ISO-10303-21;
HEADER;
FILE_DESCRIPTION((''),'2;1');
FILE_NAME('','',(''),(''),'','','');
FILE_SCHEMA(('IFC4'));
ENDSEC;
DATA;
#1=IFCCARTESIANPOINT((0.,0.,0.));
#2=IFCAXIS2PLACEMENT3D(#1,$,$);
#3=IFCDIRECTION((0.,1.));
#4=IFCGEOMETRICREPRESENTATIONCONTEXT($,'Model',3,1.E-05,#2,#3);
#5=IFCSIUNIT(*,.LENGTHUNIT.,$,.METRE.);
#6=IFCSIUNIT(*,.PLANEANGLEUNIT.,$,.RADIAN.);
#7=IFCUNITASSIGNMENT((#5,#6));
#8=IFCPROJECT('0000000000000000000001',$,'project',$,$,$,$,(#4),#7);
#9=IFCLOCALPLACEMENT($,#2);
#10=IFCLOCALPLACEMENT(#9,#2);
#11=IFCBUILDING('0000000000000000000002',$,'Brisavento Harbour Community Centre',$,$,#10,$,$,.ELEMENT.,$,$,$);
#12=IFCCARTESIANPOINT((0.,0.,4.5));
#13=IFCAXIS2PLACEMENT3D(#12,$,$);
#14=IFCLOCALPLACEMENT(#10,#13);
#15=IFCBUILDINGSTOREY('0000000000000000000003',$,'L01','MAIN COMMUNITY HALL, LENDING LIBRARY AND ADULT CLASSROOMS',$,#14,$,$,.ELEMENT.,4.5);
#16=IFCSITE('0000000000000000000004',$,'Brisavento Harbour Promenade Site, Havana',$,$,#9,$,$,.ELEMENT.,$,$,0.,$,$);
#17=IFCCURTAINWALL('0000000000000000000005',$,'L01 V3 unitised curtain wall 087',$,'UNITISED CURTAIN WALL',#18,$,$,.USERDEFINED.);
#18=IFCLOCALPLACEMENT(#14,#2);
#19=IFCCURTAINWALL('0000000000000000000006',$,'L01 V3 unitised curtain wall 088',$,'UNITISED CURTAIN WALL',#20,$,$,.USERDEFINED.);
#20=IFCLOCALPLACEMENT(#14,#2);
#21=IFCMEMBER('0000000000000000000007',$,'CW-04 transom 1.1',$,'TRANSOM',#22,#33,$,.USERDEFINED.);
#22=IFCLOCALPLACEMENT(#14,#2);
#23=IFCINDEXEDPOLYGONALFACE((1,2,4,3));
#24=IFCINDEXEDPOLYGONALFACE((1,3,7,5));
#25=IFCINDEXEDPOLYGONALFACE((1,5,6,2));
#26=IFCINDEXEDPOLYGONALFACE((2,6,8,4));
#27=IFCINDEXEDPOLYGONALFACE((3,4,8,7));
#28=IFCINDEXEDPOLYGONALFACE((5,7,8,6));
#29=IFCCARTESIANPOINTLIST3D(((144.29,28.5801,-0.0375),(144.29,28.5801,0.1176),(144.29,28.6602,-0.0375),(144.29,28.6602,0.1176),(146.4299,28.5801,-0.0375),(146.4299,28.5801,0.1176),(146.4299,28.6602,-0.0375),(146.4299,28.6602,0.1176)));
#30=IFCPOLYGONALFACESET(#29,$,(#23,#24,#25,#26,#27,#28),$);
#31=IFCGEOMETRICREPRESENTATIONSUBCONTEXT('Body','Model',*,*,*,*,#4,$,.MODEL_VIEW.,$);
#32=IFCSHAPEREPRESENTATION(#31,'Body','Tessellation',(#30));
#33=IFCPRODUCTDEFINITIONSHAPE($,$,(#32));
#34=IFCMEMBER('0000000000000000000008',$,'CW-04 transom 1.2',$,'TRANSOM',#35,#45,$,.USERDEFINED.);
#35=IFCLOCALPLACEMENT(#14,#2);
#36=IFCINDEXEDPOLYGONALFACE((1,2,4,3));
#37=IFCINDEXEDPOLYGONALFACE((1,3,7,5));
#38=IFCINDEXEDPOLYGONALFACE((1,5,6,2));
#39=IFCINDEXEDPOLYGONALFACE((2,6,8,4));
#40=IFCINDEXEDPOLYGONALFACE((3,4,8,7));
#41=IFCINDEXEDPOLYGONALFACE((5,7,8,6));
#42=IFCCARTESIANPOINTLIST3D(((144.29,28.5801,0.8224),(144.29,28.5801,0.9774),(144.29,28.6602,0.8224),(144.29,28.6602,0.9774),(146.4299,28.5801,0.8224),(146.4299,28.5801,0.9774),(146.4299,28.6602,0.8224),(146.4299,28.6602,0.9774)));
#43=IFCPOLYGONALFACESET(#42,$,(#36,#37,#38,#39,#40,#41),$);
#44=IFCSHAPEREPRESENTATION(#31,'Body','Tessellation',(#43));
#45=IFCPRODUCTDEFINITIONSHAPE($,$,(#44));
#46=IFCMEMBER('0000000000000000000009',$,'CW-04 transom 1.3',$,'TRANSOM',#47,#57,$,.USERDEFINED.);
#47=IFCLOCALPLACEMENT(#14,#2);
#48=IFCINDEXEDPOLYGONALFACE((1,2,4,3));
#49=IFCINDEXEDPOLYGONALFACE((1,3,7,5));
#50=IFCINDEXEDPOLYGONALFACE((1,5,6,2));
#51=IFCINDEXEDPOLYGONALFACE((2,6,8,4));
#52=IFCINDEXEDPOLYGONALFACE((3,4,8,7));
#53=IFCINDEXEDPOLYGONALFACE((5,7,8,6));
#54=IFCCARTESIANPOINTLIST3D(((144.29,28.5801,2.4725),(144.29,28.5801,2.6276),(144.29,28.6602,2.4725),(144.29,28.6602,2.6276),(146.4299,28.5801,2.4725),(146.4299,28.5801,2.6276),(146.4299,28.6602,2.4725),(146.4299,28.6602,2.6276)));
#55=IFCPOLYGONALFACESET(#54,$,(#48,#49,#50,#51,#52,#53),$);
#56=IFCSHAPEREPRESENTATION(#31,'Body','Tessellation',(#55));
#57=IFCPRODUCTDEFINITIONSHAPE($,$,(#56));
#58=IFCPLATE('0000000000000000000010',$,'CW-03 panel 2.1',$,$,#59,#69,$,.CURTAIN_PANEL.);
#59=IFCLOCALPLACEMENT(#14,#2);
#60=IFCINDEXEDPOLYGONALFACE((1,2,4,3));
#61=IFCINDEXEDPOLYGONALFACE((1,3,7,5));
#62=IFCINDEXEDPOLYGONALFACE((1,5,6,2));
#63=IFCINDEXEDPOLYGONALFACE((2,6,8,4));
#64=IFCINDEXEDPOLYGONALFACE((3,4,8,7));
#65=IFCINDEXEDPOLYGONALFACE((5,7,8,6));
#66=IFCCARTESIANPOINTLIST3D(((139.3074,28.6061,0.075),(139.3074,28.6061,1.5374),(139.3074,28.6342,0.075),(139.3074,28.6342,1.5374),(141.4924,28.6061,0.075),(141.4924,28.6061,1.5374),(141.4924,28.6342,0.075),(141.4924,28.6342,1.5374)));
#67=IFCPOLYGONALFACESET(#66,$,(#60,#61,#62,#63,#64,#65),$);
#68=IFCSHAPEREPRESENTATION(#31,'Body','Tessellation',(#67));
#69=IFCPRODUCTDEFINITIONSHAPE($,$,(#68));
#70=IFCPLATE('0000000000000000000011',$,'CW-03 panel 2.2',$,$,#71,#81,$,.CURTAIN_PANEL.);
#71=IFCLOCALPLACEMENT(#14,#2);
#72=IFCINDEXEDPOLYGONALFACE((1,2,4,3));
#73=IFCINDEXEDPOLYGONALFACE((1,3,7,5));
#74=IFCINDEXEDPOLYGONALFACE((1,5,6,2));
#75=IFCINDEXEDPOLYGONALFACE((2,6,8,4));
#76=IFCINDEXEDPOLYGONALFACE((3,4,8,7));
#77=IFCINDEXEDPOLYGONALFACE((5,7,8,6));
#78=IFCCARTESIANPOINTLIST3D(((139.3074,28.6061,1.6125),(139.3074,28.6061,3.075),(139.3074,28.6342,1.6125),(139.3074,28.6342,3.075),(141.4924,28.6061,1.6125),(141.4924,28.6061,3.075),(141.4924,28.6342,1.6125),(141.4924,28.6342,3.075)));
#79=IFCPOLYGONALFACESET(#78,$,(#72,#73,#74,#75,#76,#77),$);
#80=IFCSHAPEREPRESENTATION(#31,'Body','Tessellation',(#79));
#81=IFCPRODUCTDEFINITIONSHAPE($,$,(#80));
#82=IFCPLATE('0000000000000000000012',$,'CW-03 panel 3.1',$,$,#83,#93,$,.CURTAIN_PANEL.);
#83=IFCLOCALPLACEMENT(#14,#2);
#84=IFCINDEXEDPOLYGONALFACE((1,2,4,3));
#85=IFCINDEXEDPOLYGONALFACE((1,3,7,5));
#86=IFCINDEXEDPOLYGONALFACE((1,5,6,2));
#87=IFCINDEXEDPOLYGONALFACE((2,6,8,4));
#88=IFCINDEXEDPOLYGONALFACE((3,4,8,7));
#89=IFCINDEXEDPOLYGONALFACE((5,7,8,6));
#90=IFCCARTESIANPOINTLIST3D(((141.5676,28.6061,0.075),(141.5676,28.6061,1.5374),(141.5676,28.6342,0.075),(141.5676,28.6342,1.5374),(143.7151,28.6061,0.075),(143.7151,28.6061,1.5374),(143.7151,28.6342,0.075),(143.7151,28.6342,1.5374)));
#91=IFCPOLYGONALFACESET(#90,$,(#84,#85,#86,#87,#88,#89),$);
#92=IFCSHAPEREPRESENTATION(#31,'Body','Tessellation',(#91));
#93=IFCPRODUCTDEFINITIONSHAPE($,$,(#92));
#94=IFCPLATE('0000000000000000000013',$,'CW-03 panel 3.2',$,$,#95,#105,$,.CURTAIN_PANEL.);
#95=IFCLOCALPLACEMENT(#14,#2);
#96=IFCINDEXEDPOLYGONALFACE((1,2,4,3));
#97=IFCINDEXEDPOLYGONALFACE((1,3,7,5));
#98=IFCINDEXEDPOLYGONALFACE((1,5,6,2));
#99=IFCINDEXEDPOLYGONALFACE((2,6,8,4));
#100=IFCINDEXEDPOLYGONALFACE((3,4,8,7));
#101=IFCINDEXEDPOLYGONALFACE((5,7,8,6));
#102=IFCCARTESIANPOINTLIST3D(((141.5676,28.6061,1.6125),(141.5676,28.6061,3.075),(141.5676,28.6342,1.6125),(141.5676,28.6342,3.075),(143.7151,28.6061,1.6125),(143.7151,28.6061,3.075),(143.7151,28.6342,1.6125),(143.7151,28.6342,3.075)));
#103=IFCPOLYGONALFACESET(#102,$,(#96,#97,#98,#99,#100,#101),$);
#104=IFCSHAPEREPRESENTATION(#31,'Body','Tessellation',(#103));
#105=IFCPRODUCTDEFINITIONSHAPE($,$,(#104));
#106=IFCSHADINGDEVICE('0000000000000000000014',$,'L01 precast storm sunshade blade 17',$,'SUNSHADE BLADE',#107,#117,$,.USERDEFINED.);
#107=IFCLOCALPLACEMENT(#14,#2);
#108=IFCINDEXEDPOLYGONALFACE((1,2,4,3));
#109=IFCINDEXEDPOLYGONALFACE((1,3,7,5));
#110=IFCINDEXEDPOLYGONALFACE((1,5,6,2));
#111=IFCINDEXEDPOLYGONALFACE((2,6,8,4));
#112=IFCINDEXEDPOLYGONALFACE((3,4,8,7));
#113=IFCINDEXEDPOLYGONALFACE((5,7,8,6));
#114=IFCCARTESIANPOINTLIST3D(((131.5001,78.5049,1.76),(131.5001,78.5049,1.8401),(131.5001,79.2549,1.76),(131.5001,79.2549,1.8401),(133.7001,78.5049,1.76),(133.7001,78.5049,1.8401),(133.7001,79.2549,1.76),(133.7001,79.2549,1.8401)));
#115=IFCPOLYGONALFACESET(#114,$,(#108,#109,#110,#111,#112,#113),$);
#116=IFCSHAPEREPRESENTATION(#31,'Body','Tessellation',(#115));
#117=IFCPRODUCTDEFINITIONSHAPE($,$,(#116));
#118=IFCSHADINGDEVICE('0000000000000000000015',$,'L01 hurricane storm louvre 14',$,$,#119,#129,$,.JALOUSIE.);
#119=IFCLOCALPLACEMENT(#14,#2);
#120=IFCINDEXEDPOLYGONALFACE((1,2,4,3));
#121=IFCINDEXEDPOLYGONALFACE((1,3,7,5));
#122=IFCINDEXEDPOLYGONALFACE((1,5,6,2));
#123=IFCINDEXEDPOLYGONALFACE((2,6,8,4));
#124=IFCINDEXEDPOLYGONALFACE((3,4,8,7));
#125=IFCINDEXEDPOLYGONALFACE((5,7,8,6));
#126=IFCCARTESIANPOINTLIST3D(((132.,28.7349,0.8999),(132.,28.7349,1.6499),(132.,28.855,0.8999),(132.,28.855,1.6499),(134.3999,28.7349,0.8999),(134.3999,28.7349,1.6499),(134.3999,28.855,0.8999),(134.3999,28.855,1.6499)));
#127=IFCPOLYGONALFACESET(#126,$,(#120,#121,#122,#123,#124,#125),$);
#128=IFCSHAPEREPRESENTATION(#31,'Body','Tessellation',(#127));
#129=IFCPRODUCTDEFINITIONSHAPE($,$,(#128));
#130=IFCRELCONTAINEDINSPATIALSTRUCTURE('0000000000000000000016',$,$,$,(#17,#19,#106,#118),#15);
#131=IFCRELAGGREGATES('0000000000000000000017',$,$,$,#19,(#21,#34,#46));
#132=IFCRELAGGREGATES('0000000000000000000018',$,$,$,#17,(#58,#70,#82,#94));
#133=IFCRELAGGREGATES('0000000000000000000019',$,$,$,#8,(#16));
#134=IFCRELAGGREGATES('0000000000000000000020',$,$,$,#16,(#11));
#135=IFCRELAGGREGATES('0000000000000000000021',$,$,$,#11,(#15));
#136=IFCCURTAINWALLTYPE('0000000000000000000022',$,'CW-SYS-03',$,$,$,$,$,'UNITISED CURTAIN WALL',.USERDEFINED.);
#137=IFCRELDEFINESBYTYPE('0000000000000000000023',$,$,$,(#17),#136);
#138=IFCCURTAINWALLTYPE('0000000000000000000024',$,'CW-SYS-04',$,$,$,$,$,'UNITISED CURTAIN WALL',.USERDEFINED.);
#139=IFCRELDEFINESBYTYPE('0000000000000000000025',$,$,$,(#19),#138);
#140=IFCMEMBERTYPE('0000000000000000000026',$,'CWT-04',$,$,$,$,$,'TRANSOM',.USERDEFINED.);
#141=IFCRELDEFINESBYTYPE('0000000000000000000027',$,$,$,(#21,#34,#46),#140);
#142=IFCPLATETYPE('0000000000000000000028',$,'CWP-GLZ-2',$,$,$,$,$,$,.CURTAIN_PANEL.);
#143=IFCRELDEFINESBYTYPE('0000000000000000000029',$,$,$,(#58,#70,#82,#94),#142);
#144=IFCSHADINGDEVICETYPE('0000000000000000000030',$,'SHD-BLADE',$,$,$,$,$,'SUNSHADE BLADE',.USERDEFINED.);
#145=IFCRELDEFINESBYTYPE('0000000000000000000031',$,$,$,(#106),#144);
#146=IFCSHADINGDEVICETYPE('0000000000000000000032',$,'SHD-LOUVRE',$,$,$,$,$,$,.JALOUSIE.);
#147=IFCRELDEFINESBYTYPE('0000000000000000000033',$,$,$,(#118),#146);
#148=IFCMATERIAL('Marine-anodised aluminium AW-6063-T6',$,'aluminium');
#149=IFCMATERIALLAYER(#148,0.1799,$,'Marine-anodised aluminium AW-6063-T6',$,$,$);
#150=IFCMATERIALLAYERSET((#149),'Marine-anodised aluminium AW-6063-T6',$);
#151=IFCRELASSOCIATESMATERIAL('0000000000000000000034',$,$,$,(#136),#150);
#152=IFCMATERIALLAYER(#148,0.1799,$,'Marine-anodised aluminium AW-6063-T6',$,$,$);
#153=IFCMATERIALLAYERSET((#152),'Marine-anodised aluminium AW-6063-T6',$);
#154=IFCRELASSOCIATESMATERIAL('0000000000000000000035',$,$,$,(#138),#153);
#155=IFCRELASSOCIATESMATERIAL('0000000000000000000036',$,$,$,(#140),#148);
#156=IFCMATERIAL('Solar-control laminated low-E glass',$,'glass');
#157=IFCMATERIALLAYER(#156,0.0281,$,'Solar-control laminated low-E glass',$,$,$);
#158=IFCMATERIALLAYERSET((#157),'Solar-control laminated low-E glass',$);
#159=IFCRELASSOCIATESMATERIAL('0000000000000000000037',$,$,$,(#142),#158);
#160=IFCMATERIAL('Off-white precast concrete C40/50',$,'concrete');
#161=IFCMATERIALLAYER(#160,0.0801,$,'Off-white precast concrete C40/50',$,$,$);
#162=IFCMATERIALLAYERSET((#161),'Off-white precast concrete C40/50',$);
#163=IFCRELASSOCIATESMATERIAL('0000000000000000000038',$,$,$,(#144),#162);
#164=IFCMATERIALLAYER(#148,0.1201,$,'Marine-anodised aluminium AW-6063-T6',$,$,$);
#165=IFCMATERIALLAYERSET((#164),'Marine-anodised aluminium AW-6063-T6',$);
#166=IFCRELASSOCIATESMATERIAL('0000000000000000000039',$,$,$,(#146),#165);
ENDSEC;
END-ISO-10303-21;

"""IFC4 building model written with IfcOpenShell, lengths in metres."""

from ifc_helpers import new_model, si_unit, direction, frame, origin, origin_2d, place, context, subcontext, project, spatial, rectangle, extrude, material, layer, layer_set, material_profile, profile_set, type_object, element, aggregate, save


model = new_model("IFC4")

# Units and contexts
model_context = context("Model", 3, precision=1e-05, world=origin(), true_north=direction((0.0, 1.0)))
body_context = subcontext(model_context, "Body", "Model", "MODEL_VIEW")
ifc_project = project(units=[si_unit("LENGTHUNIT", "METRE"), si_unit("PLANEANGLEUNIT", "RADIAN")], contexts=[model_context])

# Site, building, storey
site_placement = place(None, origin())
site = spatial("IfcSite", under=ifc_project, at=site_placement, Name="Brisavento Harbour Promenade Site, Havana", CompositionType="ELEMENT", RefElevation=0.0)
building_placement = place(site_placement, origin())
building = spatial("IfcBuilding", under=site, at=building_placement, Name="Brisavento Harbour Community Centre", CompositionType="ELEMENT")
storey_placement = place(building_placement, frame((0.0, 0.0, 4.5)))
storey = spatial("IfcBuildingStorey", under=building, at=storey_placement, Name="L01", Description="MAIN COMMUNITY HALL, LENDING LIBRARY AND ADULT CLASSROOMS", CompositionType="ELEMENT", Elevation=4.5)

# Shared definitions
ifc_material_1 = material(Name="Marine-anodised aluminium AW-6063-T6", Category="aluminium")

# Curtain wall
ifc_layer_1 = layer(ifc_material_1, 0.1799, Name="Marine-anodised aluminium AW-6063-T6")
ifc_layer_set_1 = layer_set([ifc_layer_1], Name="Marine-anodised aluminium AW-6063-T6")
curtain_wall_type_1 = type_object("IfcCurtainWallType", Name="CW-SYS-03", ElementType="UNITISED CURTAIN WALL", PredefinedType="USERDEFINED", material=ifc_layer_set_1)
curtain_wall_1_placement = place(storey_placement, origin())
curtain_wall_1 = element("IfcCurtainWall", 1, at=curtain_wall_1_placement, inside=storey, type_object=curtain_wall_type_1, Name="L01 V3 unitised curtain wall 087", ObjectType="UNITISED CURTAIN WALL", PredefinedType="USERDEFINED")

# Curtain wall
ifc_layer_2 = layer(ifc_material_1, 0.1799, Name="Marine-anodised aluminium AW-6063-T6")
ifc_layer_set_2 = layer_set([ifc_layer_2], Name="Marine-anodised aluminium AW-6063-T6")
curtain_wall_type_2 = type_object("IfcCurtainWallType", Name="CW-SYS-04", ElementType="UNITISED CURTAIN WALL", PredefinedType="USERDEFINED", material=ifc_layer_set_2)
curtain_wall_2_placement = place(storey_placement, origin())
curtain_wall_2 = element("IfcCurtainWall", 2, at=curtain_wall_2_placement, inside=storey, type_object=curtain_wall_type_2, Name="L01 V3 unitised curtain wall 088", ObjectType="UNITISED CURTAIN WALL", PredefinedType="USERDEFINED")

# Members
ifc_material_profile_1 = material_profile(ifc_material_1, rectangle(XDim=0.0801, YDim=0.155, at=origin_2d()), Name="Marine-anodised aluminium AW-6063-T6")
ifc_profile_set_1 = profile_set([ifc_material_profile_1], Name="Marine-anodised aluminium AW-6063-T6")
member_type_1 = type_object("IfcMemberType", Name="CWT-04", ElementType="TRANSOM", PredefinedType="USERDEFINED", material=ifc_profile_set_1)
member_1_placement = place(storey_placement, frame((144.29, 28.6201, 0.04), z_axis=(1.0, 0.0, 0.0), x_axis=(0.0, 1.0, 0.0)))
member_1 = element("IfcMember", 3, at=member_1_placement, type_object=member_type_1, Name="CW-04 transom 1.1", ObjectType="TRANSOM", PredefinedType="USERDEFINED", context=body_context, shape_type="SweptSolid", body=[
    extrude(rectangle(XDim=0.0801, YDim=0.155, at=origin_2d()), origin(), (0.0, 0.0, 1.0), 2.1399),
])
member_2_placement = place(storey_placement, frame((144.29, 28.6201, 0.8999), z_axis=(1.0, 0.0, 0.0), x_axis=(0.0, 1.0, 0.0)))
member_2 = element("IfcMember", 4, at=member_2_placement, type_object=member_type_1, Name="CW-04 transom 1.2", ObjectType="TRANSOM", PredefinedType="USERDEFINED", context=body_context, shape_type="SweptSolid", body=[
    extrude(rectangle(XDim=0.0801, YDim=0.155, at=origin_2d()), origin(), (0.0, 0.0, 1.0), 2.1399),
])
member_3_placement = place(storey_placement, frame((144.29, 28.6201, 2.55), z_axis=(1.0, 0.0, 0.0), x_axis=(0.0, 1.0, 0.0)))
member_3 = element("IfcMember", 5, at=member_3_placement, type_object=member_type_1, Name="CW-04 transom 1.3", ObjectType="TRANSOM", PredefinedType="USERDEFINED", context=body_context, shape_type="SweptSolid", body=[
    extrude(rectangle(XDim=0.0801, YDim=0.155, at=origin_2d()), origin(), (0.0, 0.0, 1.0), 2.1399),
])
aggregate(curtain_wall_2, [member_1, member_2, member_3])

# Plates
ifc_material_2 = material(Name="Solar-control laminated low-E glass", Category="glass")
ifc_layer_3 = layer(ifc_material_2, 0.0281, Name="Solar-control laminated low-E glass")
ifc_layer_set_3 = layer_set([ifc_layer_3], Name="Solar-control laminated low-E glass")
plate_type = type_object("IfcPlateType", Name="CWP-GLZ-2", PredefinedType="CURTAIN_PANEL", material=ifc_layer_set_3)
plate_1_placement = place(storey_placement, frame((140.3999, 28.6201, 0.075), z_axis=(0.0, 0.0, 1.0), x_axis=(1.0, 0.0, 0.0)))
plate_1 = element("IfcPlate", 6, at=plate_1_placement, type_object=plate_type, Name="CW-03 panel 2.1", PredefinedType="CURTAIN_PANEL", context=body_context, shape_type="SweptSolid", body=[
    extrude(rectangle(XDim=2.1851, YDim=0.0281, at=origin_2d()), origin(), (0.0, 0.0, 1.0), 1.4624),
])
plate_2_placement = place(storey_placement, frame((140.3999, 28.6201, 1.6125), z_axis=(0.0, 0.0, 1.0), x_axis=(1.0, 0.0, 0.0)))
plate_2 = element("IfcPlate", 7, at=plate_2_placement, type_object=plate_type, Name="CW-03 panel 2.2", PredefinedType="CURTAIN_PANEL", context=body_context, shape_type="SweptSolid", body=[
    extrude(rectangle(XDim=2.1851, YDim=0.0281, at=origin_2d()), origin(), (0.0, 0.0, 1.0), 1.4624),
])
plate_3_placement = place(storey_placement, frame((142.6414, 28.6201, 0.075), z_axis=(0.0, 0.0, 1.0), x_axis=(1.0, 0.0, 0.0)))
plate_3 = element("IfcPlate", 8, at=plate_3_placement, type_object=plate_type, Name="CW-03 panel 3.1", PredefinedType="CURTAIN_PANEL", context=body_context, shape_type="SweptSolid", body=[
    extrude(rectangle(XDim=2.1475, YDim=0.0281, at=origin_2d()), origin(), (0.0, 0.0, 1.0), 1.4624),
])
plate_4_placement = place(storey_placement, frame((142.6414, 28.6201, 1.6125), z_axis=(0.0, 0.0, 1.0), x_axis=(1.0, 0.0, 0.0)))
plate_4 = element("IfcPlate", 9, at=plate_4_placement, type_object=plate_type, Name="CW-03 panel 3.2", PredefinedType="CURTAIN_PANEL", context=body_context, shape_type="SweptSolid", body=[
    extrude(rectangle(XDim=2.1475, YDim=0.0281, at=origin_2d()), origin(), (0.0, 0.0, 1.0), 1.4624),
])
aggregate(curtain_wall_1, [plate_1, plate_2, plate_3, plate_4])

# Shading devices
ifc_material_3 = material(Name="Off-white precast concrete C40/50", Category="concrete")
ifc_layer_4 = layer(ifc_material_3, 0.0801, Name="Off-white precast concrete C40/50")
ifc_layer_set_4 = layer_set([ifc_layer_4], Name="Off-white precast concrete C40/50")
shading_device_type_1 = type_object("IfcShadingDeviceType", Name="SHD-BLADE", ElementType="SUNSHADE BLADE", PredefinedType="USERDEFINED", material=ifc_layer_set_4)
shading_device_1_placement = place(storey_placement, frame((132.6001, 78.8799, 1.76), z_axis=(0.0, 0.0, 1.0), x_axis=(-1.0, 0.0, 0.0)))
element("IfcShadingDevice", 10, at=shading_device_1_placement, inside=storey, type_object=shading_device_type_1, Name="L01 precast storm sunshade blade 17", ObjectType="SUNSHADE BLADE", PredefinedType="USERDEFINED", context=body_context, shape_type="SweptSolid", body=[
    extrude(rectangle(XDim=2.2, YDim=0.75, at=origin_2d()), origin(), (0.0, 0.0, 1.0), 0.0801),
])
ifc_layer_5 = layer(ifc_material_1, 0.1201, Name="Marine-anodised aluminium AW-6063-T6")
ifc_layer_set_5 = layer_set([ifc_layer_5], Name="Marine-anodised aluminium AW-6063-T6")
shading_device_type_2 = type_object("IfcShadingDeviceType", Name="SHD-LOUVRE", PredefinedType="JALOUSIE", material=ifc_layer_set_5)
shading_device_2_placement = place(storey_placement, frame((133.2, 28.7949, 0.8999), z_axis=(0.0, 0.0, 1.0), x_axis=(1.0, 0.0, 0.0)))
element("IfcShadingDevice", 11, at=shading_device_2_placement, inside=storey, type_object=shading_device_type_2, Name="L01 hurricane storm louvre 14", PredefinedType="JALOUSIE", context=body_context, shape_type="SweptSolid", body=[
    extrude(rectangle(XDim=2.3999, YDim=0.1201, at=origin_2d()), origin(), (0.0, 0.0, 1.0), 0.75),
])

save(model, "model.ifc")
